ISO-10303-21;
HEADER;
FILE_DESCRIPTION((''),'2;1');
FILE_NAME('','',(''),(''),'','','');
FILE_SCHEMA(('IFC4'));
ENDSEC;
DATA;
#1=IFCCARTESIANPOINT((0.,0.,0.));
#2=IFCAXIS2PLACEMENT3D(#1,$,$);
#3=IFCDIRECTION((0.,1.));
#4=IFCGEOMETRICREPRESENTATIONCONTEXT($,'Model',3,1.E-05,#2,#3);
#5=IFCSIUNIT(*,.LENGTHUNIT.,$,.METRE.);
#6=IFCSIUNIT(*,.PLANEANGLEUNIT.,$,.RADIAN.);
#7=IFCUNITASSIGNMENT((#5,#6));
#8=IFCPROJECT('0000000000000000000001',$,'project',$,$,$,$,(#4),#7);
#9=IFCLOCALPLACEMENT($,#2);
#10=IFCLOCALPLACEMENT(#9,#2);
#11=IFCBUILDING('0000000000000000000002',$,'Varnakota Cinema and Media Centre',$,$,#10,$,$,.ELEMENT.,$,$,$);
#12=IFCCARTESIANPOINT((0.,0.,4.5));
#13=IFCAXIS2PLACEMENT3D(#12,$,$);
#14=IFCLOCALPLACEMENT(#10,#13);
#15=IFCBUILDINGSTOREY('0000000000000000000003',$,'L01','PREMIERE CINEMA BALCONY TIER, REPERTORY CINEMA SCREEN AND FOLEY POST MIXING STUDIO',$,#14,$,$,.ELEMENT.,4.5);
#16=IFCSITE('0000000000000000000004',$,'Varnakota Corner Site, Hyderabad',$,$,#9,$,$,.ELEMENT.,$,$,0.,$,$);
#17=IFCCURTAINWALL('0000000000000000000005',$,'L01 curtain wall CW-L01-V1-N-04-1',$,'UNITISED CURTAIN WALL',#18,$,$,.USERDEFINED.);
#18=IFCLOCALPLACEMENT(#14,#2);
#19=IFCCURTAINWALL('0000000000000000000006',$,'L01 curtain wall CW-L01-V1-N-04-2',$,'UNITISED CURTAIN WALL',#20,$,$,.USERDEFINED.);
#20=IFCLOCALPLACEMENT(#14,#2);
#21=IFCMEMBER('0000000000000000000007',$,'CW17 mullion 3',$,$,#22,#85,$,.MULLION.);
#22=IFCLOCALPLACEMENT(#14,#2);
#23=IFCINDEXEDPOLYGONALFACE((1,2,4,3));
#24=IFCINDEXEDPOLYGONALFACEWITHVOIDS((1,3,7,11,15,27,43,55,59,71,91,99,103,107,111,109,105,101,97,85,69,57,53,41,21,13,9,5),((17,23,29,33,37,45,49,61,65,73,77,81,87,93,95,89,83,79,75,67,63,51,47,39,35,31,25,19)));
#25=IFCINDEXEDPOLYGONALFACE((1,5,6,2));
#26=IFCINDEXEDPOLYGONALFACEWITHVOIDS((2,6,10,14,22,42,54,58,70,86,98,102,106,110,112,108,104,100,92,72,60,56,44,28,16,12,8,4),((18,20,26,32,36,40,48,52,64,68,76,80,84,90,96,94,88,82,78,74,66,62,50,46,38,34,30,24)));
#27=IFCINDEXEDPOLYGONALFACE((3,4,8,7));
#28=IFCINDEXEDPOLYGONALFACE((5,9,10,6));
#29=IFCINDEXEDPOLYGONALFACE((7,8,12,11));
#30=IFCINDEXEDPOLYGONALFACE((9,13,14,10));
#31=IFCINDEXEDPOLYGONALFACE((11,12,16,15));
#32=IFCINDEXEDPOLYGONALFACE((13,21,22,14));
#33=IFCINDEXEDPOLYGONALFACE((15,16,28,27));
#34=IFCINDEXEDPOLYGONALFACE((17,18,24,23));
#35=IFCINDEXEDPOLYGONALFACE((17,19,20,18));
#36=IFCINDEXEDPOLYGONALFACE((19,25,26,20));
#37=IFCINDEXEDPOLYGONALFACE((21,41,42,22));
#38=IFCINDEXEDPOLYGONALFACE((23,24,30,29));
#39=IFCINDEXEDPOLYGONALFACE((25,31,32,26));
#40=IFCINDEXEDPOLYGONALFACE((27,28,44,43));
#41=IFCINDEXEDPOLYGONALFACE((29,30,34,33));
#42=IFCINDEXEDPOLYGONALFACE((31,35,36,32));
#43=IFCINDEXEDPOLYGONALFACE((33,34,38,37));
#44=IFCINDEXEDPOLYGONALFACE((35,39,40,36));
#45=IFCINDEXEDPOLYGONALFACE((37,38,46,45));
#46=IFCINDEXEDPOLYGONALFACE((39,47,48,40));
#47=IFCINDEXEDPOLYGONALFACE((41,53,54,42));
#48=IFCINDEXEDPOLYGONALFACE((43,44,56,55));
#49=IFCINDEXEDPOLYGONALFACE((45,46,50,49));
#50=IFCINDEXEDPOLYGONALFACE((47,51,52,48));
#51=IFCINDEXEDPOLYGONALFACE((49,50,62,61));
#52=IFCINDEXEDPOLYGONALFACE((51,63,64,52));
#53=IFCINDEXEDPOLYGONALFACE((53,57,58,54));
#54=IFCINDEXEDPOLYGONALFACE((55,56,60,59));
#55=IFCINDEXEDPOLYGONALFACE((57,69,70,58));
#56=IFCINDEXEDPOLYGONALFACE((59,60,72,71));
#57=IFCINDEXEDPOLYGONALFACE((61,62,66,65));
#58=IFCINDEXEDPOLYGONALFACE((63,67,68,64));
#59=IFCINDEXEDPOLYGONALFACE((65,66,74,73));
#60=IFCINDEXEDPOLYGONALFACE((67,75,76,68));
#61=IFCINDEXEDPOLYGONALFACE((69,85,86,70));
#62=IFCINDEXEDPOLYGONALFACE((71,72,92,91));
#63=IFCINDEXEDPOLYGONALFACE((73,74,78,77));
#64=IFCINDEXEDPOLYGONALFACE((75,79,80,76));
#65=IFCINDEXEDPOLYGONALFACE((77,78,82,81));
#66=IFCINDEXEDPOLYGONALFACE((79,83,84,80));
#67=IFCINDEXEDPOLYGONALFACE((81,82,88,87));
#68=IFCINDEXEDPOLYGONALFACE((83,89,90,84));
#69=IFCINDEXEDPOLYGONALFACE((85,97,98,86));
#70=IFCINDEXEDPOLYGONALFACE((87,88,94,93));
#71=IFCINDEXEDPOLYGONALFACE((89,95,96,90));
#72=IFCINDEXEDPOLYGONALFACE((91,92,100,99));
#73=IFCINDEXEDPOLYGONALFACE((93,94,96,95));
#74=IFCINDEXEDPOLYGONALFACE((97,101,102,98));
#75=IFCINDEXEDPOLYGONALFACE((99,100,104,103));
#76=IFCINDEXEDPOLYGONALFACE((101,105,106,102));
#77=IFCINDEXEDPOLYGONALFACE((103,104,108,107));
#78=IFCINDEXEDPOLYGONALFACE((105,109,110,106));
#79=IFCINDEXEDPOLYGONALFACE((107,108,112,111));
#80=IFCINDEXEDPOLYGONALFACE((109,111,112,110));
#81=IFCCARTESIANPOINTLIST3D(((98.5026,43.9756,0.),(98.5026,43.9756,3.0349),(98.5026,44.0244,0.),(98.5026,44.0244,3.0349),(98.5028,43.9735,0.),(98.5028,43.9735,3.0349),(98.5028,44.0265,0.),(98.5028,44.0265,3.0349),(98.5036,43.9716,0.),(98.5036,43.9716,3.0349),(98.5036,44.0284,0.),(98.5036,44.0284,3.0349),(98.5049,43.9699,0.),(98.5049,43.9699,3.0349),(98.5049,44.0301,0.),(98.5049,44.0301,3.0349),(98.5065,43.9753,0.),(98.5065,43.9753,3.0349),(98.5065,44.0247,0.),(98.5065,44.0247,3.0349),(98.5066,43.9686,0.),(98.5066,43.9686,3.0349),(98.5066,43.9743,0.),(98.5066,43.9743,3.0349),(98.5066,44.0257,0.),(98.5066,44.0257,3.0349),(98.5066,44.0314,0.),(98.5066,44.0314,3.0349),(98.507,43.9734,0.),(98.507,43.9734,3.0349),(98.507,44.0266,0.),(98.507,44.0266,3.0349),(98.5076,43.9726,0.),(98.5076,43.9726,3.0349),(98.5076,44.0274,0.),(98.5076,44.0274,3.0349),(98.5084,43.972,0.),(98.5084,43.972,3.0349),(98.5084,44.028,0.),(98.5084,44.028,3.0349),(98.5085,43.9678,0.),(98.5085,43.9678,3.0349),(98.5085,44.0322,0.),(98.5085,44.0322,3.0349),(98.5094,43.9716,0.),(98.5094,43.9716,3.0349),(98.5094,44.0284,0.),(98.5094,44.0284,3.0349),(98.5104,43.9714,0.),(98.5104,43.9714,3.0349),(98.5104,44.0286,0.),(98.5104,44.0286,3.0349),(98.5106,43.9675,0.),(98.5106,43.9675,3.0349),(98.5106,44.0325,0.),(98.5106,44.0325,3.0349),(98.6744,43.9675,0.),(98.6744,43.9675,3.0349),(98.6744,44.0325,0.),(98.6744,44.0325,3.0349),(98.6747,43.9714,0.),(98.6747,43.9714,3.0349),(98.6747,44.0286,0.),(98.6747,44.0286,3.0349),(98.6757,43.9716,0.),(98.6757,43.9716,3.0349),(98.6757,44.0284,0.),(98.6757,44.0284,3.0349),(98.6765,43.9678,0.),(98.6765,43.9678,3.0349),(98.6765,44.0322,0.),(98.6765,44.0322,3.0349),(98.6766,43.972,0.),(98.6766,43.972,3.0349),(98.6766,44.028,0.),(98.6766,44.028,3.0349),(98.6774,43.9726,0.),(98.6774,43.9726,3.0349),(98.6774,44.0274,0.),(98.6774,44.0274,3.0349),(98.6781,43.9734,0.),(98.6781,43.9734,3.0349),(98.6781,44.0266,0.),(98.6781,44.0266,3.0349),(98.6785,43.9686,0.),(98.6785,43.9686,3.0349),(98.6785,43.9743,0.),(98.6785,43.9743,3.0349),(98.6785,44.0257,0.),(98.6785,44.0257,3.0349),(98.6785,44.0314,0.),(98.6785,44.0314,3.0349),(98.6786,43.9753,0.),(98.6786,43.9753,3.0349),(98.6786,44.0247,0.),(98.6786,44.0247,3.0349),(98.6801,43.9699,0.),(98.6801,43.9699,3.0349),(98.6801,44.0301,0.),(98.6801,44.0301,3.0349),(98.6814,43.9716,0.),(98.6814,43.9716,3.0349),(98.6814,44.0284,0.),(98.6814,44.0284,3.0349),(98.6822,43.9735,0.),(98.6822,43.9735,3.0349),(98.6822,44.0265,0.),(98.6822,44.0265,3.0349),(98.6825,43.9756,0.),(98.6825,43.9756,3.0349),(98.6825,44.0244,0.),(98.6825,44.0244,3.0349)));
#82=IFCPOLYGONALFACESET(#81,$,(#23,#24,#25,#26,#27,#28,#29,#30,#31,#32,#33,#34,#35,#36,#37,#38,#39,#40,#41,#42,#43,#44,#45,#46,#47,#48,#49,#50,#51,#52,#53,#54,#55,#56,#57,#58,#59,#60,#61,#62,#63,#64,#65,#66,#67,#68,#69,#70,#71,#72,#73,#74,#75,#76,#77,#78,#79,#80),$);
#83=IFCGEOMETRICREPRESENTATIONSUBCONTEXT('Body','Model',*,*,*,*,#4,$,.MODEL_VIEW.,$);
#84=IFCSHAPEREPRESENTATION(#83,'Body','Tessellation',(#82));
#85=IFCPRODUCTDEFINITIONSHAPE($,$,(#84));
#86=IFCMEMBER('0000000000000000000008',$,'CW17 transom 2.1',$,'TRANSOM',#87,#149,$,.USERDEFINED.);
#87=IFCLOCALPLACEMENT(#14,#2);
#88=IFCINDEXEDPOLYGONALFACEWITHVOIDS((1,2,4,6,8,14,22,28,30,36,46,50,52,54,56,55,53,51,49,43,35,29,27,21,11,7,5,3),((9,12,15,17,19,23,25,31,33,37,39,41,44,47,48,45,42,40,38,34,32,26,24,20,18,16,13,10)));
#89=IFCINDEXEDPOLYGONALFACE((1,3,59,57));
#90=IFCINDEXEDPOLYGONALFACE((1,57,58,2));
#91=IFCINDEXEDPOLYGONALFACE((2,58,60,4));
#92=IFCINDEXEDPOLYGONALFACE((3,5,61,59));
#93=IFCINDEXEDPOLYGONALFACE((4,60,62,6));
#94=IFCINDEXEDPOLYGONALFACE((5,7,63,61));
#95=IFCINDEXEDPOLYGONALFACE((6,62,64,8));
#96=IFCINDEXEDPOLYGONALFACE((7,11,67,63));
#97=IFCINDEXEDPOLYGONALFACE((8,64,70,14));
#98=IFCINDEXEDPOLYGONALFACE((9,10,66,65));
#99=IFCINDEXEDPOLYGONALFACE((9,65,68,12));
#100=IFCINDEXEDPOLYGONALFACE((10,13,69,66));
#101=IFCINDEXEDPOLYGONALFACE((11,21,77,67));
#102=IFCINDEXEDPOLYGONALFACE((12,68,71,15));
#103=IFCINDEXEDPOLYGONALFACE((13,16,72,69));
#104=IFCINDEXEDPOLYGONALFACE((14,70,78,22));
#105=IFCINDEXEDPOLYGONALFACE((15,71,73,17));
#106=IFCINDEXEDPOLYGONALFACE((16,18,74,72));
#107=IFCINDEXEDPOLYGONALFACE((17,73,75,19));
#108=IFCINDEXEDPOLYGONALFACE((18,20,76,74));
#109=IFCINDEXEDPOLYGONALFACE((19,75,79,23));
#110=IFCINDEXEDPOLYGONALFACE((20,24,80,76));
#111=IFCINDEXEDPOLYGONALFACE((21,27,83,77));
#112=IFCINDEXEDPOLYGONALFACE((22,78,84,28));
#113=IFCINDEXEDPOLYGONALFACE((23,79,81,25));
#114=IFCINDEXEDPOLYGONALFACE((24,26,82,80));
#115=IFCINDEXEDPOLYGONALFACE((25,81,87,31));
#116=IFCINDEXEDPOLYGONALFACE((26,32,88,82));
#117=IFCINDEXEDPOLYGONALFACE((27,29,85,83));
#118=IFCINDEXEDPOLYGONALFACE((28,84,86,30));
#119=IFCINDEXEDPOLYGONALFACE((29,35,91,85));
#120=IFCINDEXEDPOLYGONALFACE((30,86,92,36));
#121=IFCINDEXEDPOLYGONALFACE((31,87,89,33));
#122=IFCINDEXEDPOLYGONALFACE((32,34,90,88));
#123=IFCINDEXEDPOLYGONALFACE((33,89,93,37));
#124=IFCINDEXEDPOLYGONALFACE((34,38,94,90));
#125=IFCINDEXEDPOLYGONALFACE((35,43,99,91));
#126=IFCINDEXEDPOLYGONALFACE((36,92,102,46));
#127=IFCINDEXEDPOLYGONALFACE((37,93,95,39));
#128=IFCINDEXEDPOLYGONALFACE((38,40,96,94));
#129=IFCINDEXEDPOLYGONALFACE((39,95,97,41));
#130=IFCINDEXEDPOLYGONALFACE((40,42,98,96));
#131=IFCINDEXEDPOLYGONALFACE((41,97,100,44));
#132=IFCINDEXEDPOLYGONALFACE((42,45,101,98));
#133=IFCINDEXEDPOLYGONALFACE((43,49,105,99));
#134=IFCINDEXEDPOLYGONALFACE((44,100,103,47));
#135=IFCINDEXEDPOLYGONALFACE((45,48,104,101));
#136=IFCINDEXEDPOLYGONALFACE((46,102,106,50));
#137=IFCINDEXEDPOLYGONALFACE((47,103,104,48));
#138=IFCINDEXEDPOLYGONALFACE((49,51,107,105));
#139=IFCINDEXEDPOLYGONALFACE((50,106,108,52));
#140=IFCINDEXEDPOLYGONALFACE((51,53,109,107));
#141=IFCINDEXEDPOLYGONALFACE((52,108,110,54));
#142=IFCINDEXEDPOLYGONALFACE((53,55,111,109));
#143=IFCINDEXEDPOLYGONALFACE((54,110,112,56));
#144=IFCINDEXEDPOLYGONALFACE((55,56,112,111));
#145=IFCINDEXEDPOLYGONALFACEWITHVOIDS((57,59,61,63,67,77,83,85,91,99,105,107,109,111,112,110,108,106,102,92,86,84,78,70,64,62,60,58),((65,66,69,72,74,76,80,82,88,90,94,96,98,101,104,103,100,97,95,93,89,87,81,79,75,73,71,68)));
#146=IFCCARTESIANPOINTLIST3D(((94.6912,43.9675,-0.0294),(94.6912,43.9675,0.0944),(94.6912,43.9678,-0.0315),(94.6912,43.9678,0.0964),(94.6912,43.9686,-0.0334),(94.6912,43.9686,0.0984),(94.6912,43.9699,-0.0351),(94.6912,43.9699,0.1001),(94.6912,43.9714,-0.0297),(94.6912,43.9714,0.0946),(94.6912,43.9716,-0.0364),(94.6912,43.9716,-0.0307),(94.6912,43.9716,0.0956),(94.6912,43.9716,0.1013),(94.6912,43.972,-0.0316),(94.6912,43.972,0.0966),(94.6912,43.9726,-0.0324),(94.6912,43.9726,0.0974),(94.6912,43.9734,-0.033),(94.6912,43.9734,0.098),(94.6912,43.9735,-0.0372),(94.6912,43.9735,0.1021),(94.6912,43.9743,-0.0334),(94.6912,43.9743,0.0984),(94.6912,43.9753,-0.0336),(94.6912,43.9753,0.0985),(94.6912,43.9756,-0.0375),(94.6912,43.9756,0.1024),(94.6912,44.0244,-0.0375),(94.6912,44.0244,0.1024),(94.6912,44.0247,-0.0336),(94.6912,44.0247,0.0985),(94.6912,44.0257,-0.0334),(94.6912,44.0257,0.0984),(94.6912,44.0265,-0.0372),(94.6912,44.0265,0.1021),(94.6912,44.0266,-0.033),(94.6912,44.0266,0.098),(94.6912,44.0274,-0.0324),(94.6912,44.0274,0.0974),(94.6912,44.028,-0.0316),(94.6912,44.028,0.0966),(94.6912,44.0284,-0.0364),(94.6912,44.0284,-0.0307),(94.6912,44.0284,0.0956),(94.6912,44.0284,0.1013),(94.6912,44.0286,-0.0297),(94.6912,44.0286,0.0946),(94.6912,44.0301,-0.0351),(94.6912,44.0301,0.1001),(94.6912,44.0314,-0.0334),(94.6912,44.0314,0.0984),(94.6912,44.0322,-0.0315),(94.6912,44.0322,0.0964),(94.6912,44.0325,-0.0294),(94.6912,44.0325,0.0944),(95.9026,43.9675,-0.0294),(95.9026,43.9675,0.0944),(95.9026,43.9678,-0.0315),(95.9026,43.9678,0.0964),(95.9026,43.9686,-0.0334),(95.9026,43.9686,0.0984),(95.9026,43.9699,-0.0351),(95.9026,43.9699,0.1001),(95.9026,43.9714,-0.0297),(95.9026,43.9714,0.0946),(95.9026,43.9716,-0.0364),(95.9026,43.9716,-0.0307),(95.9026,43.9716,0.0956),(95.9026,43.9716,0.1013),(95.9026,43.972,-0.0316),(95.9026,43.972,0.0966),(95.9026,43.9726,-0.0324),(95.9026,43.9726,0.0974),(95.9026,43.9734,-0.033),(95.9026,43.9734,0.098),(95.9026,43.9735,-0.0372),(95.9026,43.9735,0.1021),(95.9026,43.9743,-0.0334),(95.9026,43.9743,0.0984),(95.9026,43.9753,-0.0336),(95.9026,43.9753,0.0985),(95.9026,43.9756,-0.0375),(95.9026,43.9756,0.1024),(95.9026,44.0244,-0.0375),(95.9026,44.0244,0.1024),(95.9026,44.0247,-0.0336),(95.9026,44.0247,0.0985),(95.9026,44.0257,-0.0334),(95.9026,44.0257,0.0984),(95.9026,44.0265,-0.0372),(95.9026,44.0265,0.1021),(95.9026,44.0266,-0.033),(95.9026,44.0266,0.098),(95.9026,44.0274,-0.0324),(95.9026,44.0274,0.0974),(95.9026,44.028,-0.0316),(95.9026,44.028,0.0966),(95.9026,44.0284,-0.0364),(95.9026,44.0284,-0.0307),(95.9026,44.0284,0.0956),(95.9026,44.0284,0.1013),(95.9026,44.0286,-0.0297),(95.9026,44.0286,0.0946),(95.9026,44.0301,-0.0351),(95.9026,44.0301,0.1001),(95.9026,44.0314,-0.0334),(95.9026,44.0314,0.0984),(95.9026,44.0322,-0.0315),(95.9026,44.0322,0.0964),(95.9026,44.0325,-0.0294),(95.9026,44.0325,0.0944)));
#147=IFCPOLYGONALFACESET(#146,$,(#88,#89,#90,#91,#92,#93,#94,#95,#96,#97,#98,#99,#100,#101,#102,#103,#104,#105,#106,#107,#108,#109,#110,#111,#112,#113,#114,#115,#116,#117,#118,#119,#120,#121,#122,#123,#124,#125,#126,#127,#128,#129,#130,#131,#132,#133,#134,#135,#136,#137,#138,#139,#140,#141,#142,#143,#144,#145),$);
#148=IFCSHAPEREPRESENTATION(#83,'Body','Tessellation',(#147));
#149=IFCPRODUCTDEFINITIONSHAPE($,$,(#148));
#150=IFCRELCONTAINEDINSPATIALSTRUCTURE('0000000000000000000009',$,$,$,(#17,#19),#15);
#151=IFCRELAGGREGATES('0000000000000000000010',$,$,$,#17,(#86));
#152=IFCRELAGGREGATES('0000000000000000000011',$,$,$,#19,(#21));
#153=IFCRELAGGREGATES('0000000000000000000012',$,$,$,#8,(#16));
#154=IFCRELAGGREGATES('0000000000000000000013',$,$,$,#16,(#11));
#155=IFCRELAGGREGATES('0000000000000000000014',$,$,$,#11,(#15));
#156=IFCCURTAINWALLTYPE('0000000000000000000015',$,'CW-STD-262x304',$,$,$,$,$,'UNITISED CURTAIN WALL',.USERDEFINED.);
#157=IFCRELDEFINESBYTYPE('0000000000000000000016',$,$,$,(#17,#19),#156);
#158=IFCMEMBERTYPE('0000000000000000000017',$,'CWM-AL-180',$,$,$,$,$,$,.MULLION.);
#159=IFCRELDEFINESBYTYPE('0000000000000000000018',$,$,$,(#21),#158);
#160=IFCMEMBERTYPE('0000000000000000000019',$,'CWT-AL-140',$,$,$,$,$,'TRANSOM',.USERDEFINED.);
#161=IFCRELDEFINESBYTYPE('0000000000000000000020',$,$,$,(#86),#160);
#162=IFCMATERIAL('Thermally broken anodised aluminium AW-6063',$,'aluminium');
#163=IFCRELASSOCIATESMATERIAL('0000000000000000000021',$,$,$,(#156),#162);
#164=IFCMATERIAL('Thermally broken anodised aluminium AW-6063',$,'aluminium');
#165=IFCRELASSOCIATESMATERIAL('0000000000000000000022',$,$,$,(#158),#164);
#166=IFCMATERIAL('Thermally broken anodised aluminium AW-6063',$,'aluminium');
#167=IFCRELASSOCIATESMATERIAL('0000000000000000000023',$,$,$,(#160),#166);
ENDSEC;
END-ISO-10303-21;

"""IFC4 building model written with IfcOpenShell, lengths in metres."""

from ifc_helpers import new_model, si_unit, direction, frame, origin, origin_2d, place, context, subcontext, project, spatial, hollow_rectangle, extrude, material, material_profile, profile_set, type_object, element, aggregate, save


model = new_model("IFC4")

# Units and contexts
model_context = context("Model", 3, precision=1e-05, world=origin(), true_north=direction((0.0, 1.0)))
body_context = subcontext(model_context, "Body", "Model", "MODEL_VIEW")
ifc_project = project(units=[si_unit("LENGTHUNIT", "METRE"), si_unit("PLANEANGLEUNIT", "RADIAN")], contexts=[model_context])

# Site, building, storey
site_placement = place(None, origin())
site = spatial("IfcSite", under=ifc_project, at=site_placement, Name="Varnakota Corner Site, Hyderabad", CompositionType="ELEMENT", RefElevation=0.0)
building_placement = place(site_placement, origin())
building = spatial("IfcBuilding", under=site, at=building_placement, Name="Varnakota Cinema and Media Centre", CompositionType="ELEMENT")
storey_placement = place(building_placement, frame((0.0, 0.0, 4.5)))
storey = spatial("IfcBuildingStorey", under=building, at=storey_placement, Name="L01", Description="PREMIERE CINEMA BALCONY TIER, REPERTORY CINEMA SCREEN AND FOLEY POST MIXING STUDIO", CompositionType="ELEMENT", Elevation=4.5)

# Curtain walls, member
ifc_material_1 = material(Name="Thermally broken anodised aluminium AW-6063", Category="aluminium")
curtain_wall_type = type_object("IfcCurtainWallType", Name="CW-STD-262x304", ElementType="UNITISED CURTAIN WALL", PredefinedType="USERDEFINED", material=ifc_material_1)
curtain_wall_1_placement = place(storey_placement, origin())
curtain_wall_1 = element("IfcCurtainWall", 1, at=curtain_wall_1_placement, inside=storey, type_object=curtain_wall_type, Name="L01 curtain wall CW-L01-V1-N-04-1", ObjectType="UNITISED CURTAIN WALL", PredefinedType="USERDEFINED")
ifc_material_2 = material(Name="Thermally broken anodised aluminium AW-6063", Category="aluminium")
ifc_material_profile_1 = material_profile(ifc_material_2, hollow_rectangle(XDim=0.0649, YDim=0.1799, WallThickness=0.0039, InnerFilletRadius=0.0039, OuterFilletRadius=0.0081, at=origin_2d()), Name="AL-MULLION 180x65x4")
ifc_profile_set_1 = profile_set([ifc_material_profile_1], Name="Thermally broken anodised aluminium AW-6063")
member_type_1 = type_object("IfcMemberType", Name="CWM-AL-180", PredefinedType="MULLION", material=ifc_profile_set_1)
curtain_wall_2_placement = place(storey_placement, origin())
curtain_wall_2 = element("IfcCurtainWall", 2, at=curtain_wall_2_placement, inside=storey, type_object=curtain_wall_type, Name="L01 curtain wall CW-L01-V1-N-04-2", ObjectType="UNITISED CURTAIN WALL", PredefinedType="USERDEFINED")
member_1_placement = place(storey_placement, frame((98.5925, 44.0, 0.0), z_axis=(0.0, 0.0, 1.0), x_axis=(0.0, 1.0, 0.0)))
member_1 = element("IfcMember", 3, at=member_1_placement, type_object=member_type_1, Name="CW17 mullion 3", PredefinedType="MULLION", context=body_context, shape_type="SweptSolid", body=[
    extrude(hollow_rectangle(XDim=0.0649, YDim=0.1799, WallThickness=0.0039, InnerFilletRadius=0.0039, OuterFilletRadius=0.0081, at=origin_2d()), origin(), (0.0, 0.0, 1.0), 3.0349),
])

# Member
ifc_material_3 = material(Name="Thermally broken anodised aluminium AW-6063", Category="aluminium")
ifc_material_profile_2 = material_profile(ifc_material_3, hollow_rectangle(XDim=0.0649, YDim=0.1399, WallThickness=0.0039, InnerFilletRadius=0.0039, OuterFilletRadius=0.0081, at=origin_2d()), Name="AL-TRANSOM 140x65x4")
ifc_profile_set_2 = profile_set([ifc_material_profile_2], Name="Thermally broken anodised aluminium AW-6063")
member_type_2 = type_object("IfcMemberType", Name="CWT-AL-140", ElementType="TRANSOM", PredefinedType="USERDEFINED", material=ifc_profile_set_2)
member_2_placement = place(storey_placement, frame((94.6912, 44.0, 0.0325), z_axis=(1.0, 0.0, 0.0), x_axis=(0.0, 1.0, 0.0)))
member_2 = element("IfcMember", 4, at=member_2_placement, type_object=member_type_2, Name="CW17 transom 2.1", ObjectType="TRANSOM", PredefinedType="USERDEFINED", context=body_context, shape_type="SweptSolid", body=[
    extrude(hollow_rectangle(XDim=0.0649, YDim=0.1399, WallThickness=0.0039, InnerFilletRadius=0.0039, OuterFilletRadius=0.0081, at=origin_2d()), origin(), (0.0, 0.0, 1.0), 1.2114),
])

aggregate(curtain_wall_1, [member_2])
aggregate(curtain_wall_2, [member_1])

save(model, "model.ifc")
